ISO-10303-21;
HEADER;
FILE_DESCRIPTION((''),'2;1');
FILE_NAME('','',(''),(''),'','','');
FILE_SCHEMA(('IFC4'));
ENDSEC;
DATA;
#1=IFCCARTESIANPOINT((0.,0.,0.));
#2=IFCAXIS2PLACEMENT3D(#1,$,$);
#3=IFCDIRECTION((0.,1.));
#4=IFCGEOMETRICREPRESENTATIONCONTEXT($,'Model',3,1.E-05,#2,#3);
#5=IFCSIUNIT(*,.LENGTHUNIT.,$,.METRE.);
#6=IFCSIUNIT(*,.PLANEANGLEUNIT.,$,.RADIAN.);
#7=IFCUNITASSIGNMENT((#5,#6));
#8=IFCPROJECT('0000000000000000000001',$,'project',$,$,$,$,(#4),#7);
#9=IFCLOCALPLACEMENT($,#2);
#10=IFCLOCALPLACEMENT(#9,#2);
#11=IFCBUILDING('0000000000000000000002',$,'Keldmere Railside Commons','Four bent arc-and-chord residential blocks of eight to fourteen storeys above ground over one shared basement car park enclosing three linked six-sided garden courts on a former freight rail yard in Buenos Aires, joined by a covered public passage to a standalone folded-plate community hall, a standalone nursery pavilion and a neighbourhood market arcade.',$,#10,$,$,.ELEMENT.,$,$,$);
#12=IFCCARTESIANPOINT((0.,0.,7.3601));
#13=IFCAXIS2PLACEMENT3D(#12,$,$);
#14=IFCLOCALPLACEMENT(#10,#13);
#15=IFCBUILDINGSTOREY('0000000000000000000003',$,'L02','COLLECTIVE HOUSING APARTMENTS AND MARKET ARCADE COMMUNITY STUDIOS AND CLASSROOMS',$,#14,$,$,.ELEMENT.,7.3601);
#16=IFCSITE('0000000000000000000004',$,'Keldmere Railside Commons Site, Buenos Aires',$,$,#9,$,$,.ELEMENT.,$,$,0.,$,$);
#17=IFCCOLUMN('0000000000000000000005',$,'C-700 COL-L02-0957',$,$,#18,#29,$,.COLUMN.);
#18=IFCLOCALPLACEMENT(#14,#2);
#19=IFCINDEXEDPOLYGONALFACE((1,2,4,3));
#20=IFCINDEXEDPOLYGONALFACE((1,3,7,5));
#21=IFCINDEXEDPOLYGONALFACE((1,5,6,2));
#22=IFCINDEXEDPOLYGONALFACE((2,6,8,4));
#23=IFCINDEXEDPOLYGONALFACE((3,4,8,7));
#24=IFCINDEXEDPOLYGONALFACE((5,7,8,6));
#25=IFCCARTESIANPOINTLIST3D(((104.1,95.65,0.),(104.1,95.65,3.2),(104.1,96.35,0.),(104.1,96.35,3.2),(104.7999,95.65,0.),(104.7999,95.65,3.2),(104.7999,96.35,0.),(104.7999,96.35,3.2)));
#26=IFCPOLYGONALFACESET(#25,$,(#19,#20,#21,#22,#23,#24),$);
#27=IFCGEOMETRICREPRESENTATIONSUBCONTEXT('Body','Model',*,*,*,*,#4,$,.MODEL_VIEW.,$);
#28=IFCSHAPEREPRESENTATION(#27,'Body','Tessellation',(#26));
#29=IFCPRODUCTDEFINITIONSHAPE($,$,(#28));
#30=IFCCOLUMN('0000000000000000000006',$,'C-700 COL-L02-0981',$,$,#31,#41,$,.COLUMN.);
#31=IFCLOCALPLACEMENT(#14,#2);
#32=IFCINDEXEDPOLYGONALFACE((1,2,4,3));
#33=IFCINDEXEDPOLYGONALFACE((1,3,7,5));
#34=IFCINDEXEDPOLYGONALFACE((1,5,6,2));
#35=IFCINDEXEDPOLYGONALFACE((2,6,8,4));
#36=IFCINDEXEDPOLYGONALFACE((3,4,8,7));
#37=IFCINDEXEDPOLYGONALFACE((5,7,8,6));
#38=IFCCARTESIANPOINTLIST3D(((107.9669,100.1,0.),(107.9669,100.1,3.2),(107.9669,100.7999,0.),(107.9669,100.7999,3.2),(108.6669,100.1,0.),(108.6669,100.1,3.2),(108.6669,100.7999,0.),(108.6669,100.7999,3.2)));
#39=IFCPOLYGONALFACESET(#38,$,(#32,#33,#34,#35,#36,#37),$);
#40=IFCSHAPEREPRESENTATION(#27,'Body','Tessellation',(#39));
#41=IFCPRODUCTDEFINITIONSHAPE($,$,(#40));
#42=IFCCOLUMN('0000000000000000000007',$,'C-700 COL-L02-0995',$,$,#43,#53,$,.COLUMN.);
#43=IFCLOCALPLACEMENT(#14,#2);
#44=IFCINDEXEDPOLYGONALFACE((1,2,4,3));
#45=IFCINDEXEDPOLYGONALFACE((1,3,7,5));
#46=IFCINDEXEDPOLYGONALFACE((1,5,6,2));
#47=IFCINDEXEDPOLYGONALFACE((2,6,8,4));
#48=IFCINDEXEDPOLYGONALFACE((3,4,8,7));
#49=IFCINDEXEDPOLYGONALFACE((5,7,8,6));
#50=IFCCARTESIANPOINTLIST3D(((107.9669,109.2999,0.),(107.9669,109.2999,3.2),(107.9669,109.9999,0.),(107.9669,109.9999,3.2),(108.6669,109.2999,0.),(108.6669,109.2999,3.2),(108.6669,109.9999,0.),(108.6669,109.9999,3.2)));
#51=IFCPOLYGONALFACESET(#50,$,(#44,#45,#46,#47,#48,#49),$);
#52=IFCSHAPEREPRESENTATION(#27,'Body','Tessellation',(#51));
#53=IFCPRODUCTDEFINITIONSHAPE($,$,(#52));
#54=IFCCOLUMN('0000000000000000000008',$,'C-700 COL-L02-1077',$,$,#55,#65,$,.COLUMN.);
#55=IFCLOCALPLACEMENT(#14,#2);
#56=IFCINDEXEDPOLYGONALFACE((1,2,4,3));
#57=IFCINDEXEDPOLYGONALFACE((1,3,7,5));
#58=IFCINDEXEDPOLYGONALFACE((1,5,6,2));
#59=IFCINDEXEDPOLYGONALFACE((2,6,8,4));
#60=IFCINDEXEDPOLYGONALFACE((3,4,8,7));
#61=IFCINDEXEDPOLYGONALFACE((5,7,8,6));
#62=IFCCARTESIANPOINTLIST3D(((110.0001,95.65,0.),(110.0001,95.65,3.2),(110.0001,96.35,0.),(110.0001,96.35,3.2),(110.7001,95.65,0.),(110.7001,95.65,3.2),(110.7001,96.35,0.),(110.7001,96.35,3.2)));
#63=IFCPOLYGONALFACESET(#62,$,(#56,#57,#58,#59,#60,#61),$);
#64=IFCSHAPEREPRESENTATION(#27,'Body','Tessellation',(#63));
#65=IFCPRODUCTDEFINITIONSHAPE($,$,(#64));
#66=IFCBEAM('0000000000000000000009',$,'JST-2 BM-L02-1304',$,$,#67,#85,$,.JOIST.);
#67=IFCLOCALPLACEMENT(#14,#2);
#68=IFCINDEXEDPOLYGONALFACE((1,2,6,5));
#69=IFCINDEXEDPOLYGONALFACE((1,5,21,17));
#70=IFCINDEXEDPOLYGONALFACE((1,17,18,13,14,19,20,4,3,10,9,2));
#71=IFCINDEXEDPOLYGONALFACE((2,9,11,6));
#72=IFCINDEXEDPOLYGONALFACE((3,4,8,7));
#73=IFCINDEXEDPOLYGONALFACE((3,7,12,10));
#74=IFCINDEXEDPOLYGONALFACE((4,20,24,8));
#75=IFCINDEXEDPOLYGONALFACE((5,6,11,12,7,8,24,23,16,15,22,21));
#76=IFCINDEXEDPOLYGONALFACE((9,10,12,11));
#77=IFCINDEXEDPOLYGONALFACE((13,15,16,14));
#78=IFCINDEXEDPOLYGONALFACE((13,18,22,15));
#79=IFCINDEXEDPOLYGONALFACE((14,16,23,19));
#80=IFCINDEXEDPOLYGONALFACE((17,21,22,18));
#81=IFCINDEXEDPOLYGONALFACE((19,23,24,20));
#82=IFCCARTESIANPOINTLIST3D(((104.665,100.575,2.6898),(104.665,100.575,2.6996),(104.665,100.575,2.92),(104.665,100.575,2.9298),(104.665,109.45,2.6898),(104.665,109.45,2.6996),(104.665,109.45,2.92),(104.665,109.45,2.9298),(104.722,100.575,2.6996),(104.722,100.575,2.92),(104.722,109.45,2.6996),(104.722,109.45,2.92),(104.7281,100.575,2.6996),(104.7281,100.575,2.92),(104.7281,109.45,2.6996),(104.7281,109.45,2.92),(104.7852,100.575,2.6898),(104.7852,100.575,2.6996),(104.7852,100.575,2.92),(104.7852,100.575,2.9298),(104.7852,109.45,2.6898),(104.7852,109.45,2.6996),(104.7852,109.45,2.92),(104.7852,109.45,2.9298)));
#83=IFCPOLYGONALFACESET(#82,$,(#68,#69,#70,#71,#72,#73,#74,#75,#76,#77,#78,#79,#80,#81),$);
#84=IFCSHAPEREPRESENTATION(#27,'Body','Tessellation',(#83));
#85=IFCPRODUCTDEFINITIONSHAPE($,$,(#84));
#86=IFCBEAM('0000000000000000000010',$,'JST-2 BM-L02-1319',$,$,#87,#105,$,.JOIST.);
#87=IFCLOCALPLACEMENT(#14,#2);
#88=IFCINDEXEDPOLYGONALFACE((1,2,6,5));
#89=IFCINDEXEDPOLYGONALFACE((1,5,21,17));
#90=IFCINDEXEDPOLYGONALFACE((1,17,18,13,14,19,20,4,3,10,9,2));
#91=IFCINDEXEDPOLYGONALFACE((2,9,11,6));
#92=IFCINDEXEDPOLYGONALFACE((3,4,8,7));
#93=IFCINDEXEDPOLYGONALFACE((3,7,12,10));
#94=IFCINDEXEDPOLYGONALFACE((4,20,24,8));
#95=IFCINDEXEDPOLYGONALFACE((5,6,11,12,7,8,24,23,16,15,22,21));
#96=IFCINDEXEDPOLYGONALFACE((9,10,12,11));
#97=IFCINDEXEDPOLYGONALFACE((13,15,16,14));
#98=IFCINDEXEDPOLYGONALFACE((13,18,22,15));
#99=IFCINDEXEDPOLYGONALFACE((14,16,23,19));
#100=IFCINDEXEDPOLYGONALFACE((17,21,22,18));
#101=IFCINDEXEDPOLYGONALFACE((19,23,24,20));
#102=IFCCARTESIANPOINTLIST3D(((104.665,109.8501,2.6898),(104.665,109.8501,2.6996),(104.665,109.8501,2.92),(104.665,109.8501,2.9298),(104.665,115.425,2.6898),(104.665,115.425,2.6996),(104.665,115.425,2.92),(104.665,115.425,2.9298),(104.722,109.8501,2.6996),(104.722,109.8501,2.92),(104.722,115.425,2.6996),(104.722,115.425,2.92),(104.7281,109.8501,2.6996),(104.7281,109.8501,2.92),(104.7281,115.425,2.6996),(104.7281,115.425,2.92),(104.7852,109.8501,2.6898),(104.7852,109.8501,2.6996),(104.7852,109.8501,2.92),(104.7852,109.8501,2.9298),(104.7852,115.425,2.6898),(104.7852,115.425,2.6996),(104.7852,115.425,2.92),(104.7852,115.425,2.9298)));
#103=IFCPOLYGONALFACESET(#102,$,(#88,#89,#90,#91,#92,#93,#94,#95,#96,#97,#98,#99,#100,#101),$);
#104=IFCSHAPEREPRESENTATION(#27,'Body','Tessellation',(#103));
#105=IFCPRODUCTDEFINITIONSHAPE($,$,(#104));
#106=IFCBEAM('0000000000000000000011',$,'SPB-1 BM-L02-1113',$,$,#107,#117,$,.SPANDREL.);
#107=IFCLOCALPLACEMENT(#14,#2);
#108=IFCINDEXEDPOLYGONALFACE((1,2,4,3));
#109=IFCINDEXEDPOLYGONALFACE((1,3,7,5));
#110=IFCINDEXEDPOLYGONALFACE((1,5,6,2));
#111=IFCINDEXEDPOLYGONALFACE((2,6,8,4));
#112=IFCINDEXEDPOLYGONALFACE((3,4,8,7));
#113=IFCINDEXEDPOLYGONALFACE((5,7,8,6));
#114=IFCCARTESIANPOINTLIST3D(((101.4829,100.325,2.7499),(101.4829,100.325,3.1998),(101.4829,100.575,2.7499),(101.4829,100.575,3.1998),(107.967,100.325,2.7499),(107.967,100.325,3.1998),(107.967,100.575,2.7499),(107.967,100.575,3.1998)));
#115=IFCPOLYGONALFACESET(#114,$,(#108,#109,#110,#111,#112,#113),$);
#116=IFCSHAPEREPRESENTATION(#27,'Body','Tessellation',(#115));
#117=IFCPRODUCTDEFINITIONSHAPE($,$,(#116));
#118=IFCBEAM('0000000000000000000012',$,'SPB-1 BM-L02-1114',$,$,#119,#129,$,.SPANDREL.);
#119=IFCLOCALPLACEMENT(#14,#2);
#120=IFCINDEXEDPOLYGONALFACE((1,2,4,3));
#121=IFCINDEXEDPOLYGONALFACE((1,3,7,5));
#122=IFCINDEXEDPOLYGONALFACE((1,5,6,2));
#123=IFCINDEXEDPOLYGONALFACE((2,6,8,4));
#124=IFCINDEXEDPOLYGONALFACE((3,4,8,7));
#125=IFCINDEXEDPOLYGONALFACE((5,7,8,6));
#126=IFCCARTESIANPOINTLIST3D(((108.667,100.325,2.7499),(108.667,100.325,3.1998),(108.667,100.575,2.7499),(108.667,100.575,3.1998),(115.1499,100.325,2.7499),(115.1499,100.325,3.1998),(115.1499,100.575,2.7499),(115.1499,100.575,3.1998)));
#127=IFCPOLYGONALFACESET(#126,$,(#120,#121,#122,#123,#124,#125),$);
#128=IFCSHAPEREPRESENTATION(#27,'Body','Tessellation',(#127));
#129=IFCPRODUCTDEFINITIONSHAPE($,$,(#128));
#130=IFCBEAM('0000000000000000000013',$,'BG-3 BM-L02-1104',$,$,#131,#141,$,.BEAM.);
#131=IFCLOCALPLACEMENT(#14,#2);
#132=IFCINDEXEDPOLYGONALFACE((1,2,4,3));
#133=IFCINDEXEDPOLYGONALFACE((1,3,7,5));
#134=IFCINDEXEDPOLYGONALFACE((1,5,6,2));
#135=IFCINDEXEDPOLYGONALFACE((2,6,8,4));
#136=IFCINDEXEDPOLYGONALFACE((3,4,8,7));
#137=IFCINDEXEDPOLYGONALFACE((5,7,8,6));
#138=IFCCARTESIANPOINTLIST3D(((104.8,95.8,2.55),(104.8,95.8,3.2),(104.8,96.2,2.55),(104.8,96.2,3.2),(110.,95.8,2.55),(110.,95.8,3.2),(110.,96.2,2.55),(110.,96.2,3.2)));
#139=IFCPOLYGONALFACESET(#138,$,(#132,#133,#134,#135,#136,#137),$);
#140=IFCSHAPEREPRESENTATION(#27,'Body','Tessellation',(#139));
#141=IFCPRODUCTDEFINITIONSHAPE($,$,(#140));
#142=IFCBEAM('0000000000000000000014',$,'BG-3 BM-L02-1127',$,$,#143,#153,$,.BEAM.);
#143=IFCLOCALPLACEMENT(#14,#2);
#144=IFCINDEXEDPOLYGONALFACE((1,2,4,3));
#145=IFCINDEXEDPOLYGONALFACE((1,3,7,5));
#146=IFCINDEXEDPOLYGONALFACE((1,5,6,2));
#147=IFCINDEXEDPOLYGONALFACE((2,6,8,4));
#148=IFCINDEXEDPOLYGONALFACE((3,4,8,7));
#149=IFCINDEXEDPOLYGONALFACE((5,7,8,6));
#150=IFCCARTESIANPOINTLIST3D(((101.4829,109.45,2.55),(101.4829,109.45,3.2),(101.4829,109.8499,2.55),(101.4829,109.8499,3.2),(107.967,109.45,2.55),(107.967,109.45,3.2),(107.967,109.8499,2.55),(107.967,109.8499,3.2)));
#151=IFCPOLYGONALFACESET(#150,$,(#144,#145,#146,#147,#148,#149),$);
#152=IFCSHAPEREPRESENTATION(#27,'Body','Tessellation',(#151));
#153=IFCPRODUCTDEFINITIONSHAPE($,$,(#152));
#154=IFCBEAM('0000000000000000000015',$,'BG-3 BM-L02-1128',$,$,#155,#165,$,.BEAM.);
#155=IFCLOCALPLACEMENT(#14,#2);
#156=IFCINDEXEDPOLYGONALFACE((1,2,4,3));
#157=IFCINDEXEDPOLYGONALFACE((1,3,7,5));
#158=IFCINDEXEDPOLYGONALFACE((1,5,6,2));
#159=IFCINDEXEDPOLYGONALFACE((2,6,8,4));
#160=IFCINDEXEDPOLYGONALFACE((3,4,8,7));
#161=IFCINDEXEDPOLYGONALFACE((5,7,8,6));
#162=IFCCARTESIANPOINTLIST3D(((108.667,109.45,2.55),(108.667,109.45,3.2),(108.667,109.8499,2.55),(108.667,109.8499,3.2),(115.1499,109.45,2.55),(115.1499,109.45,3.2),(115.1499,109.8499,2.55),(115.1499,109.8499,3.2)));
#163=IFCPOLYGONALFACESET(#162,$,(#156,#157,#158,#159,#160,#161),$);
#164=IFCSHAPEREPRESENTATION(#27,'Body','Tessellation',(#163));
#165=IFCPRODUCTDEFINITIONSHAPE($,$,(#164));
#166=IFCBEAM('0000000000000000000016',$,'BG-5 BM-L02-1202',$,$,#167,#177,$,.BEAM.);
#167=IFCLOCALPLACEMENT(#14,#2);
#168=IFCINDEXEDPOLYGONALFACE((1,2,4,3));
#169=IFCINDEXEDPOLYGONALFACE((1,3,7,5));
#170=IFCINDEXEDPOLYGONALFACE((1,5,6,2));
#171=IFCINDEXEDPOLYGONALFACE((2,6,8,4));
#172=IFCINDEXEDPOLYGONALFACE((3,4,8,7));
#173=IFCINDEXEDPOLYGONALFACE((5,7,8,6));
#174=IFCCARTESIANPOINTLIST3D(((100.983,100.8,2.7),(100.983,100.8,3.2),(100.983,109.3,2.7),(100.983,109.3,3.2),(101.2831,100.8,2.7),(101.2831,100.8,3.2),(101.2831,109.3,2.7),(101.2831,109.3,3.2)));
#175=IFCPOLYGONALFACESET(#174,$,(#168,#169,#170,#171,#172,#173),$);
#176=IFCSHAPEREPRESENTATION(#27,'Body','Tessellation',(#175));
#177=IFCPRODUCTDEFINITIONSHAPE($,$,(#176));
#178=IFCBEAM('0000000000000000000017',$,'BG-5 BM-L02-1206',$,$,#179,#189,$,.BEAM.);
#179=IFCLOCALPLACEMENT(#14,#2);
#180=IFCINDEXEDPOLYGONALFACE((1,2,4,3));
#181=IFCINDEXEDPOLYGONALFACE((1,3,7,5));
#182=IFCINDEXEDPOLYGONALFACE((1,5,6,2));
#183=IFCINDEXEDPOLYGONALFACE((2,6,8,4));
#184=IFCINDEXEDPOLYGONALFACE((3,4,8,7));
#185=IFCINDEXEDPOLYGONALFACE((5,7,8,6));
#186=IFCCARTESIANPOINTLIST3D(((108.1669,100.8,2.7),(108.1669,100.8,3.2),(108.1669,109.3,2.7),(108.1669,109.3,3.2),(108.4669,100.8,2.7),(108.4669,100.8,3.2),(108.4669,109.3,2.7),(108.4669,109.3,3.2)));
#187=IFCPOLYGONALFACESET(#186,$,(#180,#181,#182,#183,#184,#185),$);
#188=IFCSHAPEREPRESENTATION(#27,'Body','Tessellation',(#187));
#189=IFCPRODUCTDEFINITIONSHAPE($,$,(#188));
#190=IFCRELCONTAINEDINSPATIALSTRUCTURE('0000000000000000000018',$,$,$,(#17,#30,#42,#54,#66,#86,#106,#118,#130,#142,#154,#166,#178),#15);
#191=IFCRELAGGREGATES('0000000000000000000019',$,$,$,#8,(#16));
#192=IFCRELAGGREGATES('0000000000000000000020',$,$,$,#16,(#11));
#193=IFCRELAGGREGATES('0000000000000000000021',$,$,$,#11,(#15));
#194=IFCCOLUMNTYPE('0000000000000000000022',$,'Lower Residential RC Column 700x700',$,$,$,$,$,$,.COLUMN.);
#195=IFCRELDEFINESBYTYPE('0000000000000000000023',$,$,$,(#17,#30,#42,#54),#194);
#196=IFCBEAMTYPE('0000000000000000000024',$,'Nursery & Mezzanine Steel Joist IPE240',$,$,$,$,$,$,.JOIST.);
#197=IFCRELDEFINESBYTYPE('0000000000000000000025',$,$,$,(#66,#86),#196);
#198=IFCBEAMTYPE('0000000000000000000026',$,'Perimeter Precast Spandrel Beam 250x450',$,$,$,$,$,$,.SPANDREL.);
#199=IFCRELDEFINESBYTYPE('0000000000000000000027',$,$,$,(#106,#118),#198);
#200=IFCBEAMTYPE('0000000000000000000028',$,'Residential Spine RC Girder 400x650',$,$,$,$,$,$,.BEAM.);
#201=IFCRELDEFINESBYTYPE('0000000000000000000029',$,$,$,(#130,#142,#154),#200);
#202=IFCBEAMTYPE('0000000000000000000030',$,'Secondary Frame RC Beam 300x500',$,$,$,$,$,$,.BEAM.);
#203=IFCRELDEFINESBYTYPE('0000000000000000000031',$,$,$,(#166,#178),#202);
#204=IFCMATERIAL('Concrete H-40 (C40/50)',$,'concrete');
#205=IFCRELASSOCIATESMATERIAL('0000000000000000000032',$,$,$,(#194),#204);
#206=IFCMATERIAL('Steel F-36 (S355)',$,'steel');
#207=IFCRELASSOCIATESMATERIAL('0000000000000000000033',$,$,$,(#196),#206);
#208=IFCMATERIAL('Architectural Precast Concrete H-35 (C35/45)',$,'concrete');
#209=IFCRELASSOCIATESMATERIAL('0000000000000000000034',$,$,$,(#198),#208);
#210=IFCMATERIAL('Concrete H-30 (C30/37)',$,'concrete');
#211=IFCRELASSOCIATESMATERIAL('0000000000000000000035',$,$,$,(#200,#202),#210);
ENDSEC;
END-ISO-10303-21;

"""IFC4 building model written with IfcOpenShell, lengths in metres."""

from ifc_helpers import new_model, si_unit, direction, frame, origin, origin_2d, place, context, subcontext, project, spatial, rectangle, i_section, extrude, material, material_profile, profile_set, type_object, element, save


model = new_model("IFC4")

# Units and contexts
model_context = context("Model", 3, precision=1e-05, world=origin(), true_north=direction((0.0, 1.0)))
body_context = subcontext(model_context, "Body", "Model", "MODEL_VIEW")
ifc_project = project(units=[si_unit("LENGTHUNIT", "METRE"), si_unit("PLANEANGLEUNIT", "RADIAN")], contexts=[model_context])

# Site, building, storey
site_placement = place(None, origin())
site = spatial("IfcSite", under=ifc_project, at=site_placement, Name="Keldmere Railside Commons Site, Buenos Aires", CompositionType="ELEMENT", RefElevation=0.0)
building_placement = place(site_placement, origin())
building = spatial("IfcBuilding", under=site, at=building_placement, Name="Keldmere Railside Commons", Description="Four bent arc-and-chord residential blocks of eight to fourteen storeys above ground over one shared basement car park enclosing three linked six-sided garden courts on a former freight rail yard in Buenos Aires, joined by a covered public passage to a standalone folded-plate community hall, a standalone nursery pavilion and a neighbourhood market arcade.", CompositionType="ELEMENT")
storey_placement = place(building_placement, frame((0.0, 0.0, 7.3601)))
storey = spatial("IfcBuildingStorey", under=building, at=storey_placement, Name="L02", Description="COLLECTIVE HOUSING APARTMENTS AND MARKET ARCADE COMMUNITY STUDIOS AND CLASSROOMS", CompositionType="ELEMENT", Elevation=7.3601)

# Columns
ifc_material_1 = material(Name="Concrete H-40 (C40/50)", Category="concrete")
ifc_material_profile_1 = material_profile(ifc_material_1, rectangle(XDim=0.7, YDim=0.7, at=origin_2d()), Name="RC-700x700")
ifc_profile_set_1 = profile_set([ifc_material_profile_1], Name="Concrete H-40 (C40/50)")
column_type = type_object("IfcColumnType", Name="Lower Residential RC Column 700x700", PredefinedType="COLUMN", material=ifc_profile_set_1)
for number, where, z_axis, x_axis, name in (
    (1, (104.45, 96.0, 0.0), (0.0, 0.0, 1.0), (1.0, 0.0, 0.0), "C-700 COL-L02-0957"),
    (2, (108.3169, 100.45, 0.0), (0.0, 0.0, 1.0), (1.0, 0.0, 0.0), "C-700 COL-L02-0981"),
    (3, (108.3169, 109.6499, 0.0), (0.0, 0.0, 1.0), (1.0, 0.0, 0.0), "C-700 COL-L02-0995"),
    (4, (110.3501, 96.0, 0.0), (0.0, 0.0, 1.0), (1.0, 0.0, 0.0), "C-700 COL-L02-1077"),
):
    element("IfcColumn", number, at=place(storey_placement, frame(where, z_axis=z_axis, x_axis=x_axis)), inside=storey, type_object=column_type, Name=name, PredefinedType="COLUMN", context=body_context, shape_type="SweptSolid", body=[
        extrude(rectangle(XDim=0.7, YDim=0.7, at=origin_2d()), origin(), (0.0, 0.0, 1.0), 3.2),
    ])

# Beams
ifc_material_2 = material(Name="Steel F-36 (S355)", Category="steel")
ifc_material_profile_2 = material_profile(ifc_material_2, i_section(OverallWidth=0.1201, OverallDepth=0.24, WebThickness=0.0061, FlangeThickness=0.0098, at=origin_2d()), Name="IPE-240")
ifc_profile_set_2 = profile_set([ifc_material_profile_2], Name="Steel F-36 (S355)")
beam_type_1 = type_object("IfcBeamType", Name="Nursery & Mezzanine Steel Joist IPE240", PredefinedType="JOIST", material=ifc_profile_set_2)
beam_1_placement = place(storey_placement, frame((104.7251, 100.575, 2.8098), z_axis=(0.0, 1.0, 0.0), x_axis=(-1.0, 0.0, 0.0)))
element("IfcBeam", 5, at=beam_1_placement, inside=storey, type_object=beam_type_1, Name="JST-2 BM-L02-1304", PredefinedType="JOIST", context=body_context, shape_type="SweptSolid", body=[
    extrude(i_section(OverallWidth=0.1201, OverallDepth=0.24, WebThickness=0.0061, FlangeThickness=0.0098, at=origin_2d()), origin(), (0.0, 0.0, 1.0), 8.875),
])
beam_2_placement = place(storey_placement, frame((104.7251, 109.8501, 2.8098), z_axis=(0.0, 1.0, 0.0), x_axis=(-1.0, 0.0, 0.0)))
element("IfcBeam", 6, at=beam_2_placement, inside=storey, type_object=beam_type_1, Name="JST-2 BM-L02-1319", PredefinedType="JOIST", context=body_context, shape_type="SweptSolid", body=[
    extrude(i_section(OverallWidth=0.1201, OverallDepth=0.24, WebThickness=0.0061, FlangeThickness=0.0098, at=origin_2d()), origin(), (0.0, 0.0, 1.0), 5.575),
])
ifc_material_3 = material(Name="Architectural Precast Concrete H-35 (C35/45)", Category="concrete")
ifc_material_profile_3 = material_profile(ifc_material_3, rectangle(XDim=0.25, YDim=0.45, at=origin_2d()), Name="RC-250x450")
ifc_profile_set_3 = profile_set([ifc_material_profile_3], Name="Architectural Precast Concrete H-35 (C35/45)")
beam_type_2 = type_object("IfcBeamType", Name="Perimeter Precast Spandrel Beam 250x450", PredefinedType="SPANDREL", material=ifc_profile_set_3)
beam_3_placement = place(storey_placement, frame((101.4829, 100.45, 2.9749), z_axis=(1.0, 0.0, 0.0), x_axis=(0.0, 1.0, 0.0)))
element("IfcBeam", 7, at=beam_3_placement, inside=storey, type_object=beam_type_2, Name="SPB-1 BM-L02-1113", PredefinedType="SPANDREL", context=body_context, shape_type="SweptSolid", body=[
    extrude(rectangle(XDim=0.25, YDim=0.45, at=origin_2d()), origin(), (0.0, 0.0, 1.0), 6.4841),
])
beam_4_placement = place(storey_placement, frame((108.667, 100.45, 2.9749), z_axis=(1.0, 0.0, 0.0), x_axis=(0.0, 1.0, 0.0)))
element("IfcBeam", 8, at=beam_4_placement, inside=storey, type_object=beam_type_2, Name="SPB-1 BM-L02-1114", PredefinedType="SPANDREL", context=body_context, shape_type="SweptSolid", body=[
    extrude(rectangle(XDim=0.25, YDim=0.45, at=origin_2d()), origin(), (0.0, 0.0, 1.0), 6.4829),
])
ifc_material_4 = material(Name="Concrete H-30 (C30/37)", Category="concrete")
ifc_material_profile_4 = material_profile(ifc_material_4, rectangle(XDim=0.3999, YDim=0.6499, at=origin_2d()), Name="RC-400x650")
ifc_profile_set_4 = profile_set([ifc_material_profile_4], Name="Concrete H-30 (C30/37)")
beam_type_3 = type_object("IfcBeamType", Name="Residential Spine RC Girder 400x650", PredefinedType="BEAM", material=ifc_profile_set_4)
beam_5_placement = place(storey_placement, frame((104.8, 96.0, 2.875), z_axis=(1.0, 0.0, 0.0), x_axis=(0.0, 1.0, 0.0)))
element("IfcBeam", 9, at=beam_5_placement, inside=storey, type_object=beam_type_3, Name="BG-3 BM-L02-1104", PredefinedType="BEAM", context=body_context, shape_type="SweptSolid", body=[
    extrude(rectangle(XDim=0.3999, YDim=0.6499, at=origin_2d()), origin(), (0.0, 0.0, 1.0), 5.2),
])
beam_6_placement = place(storey_placement, frame((101.4829, 109.6499, 2.875), z_axis=(1.0, 0.0, 0.0), x_axis=(0.0, 1.0, 0.0)))
element("IfcBeam", 10, at=beam_6_placement, inside=storey, type_object=beam_type_3, Name="BG-3 BM-L02-1127", PredefinedType="BEAM", context=body_context, shape_type="SweptSolid", body=[
    extrude(rectangle(XDim=0.3999, YDim=0.6499, at=origin_2d()), origin(), (0.0, 0.0, 1.0), 6.4841),
])
beam_7_placement = place(storey_placement, frame((108.667, 109.6499, 2.875), z_axis=(1.0, 0.0, 0.0), x_axis=(0.0, 1.0, 0.0)))
element("IfcBeam", 11, at=beam_7_placement, inside=storey, type_object=beam_type_3, Name="BG-3 BM-L02-1128", PredefinedType="BEAM", context=body_context, shape_type="SweptSolid", body=[
    extrude(rectangle(XDim=0.3999, YDim=0.6499, at=origin_2d()), origin(), (0.0, 0.0, 1.0), 6.4829),
])
ifc_material_profile_5 = material_profile(ifc_material_4, rectangle(XDim=0.3, YDim=0.5, at=origin_2d()), Name="RC-300x500")
ifc_profile_set_5 = profile_set([ifc_material_profile_5], Name="Concrete H-30 (C30/37)")
beam_type_4 = type_object("IfcBeamType", Name="Secondary Frame RC Beam 300x500", PredefinedType="BEAM", material=ifc_profile_set_5)
for number, where, z_axis, x_axis, name in (
    (12, (101.1331, 100.8, 2.95), (0.0, 1.0, 0.0), (-1.0, 0.0, 0.0), "BG-5 BM-L02-1202"),
    (13, (108.3169, 100.8, 2.95), (0.0, 1.0, 0.0), (-1.0, 0.0, 0.0), "BG-5 BM-L02-1206"),
):
    element("IfcBeam", number, at=place(storey_placement, frame(where, z_axis=z_axis, x_axis=x_axis)), inside=storey, type_object=beam_type_4, Name=name, PredefinedType="BEAM", context=body_context, shape_type="SweptSolid", body=[
        extrude(rectangle(XDim=0.3, YDim=0.5, at=origin_2d()), origin(), (0.0, 0.0, 1.0), 8.5),
    ])

save(model, "model.ifc")
